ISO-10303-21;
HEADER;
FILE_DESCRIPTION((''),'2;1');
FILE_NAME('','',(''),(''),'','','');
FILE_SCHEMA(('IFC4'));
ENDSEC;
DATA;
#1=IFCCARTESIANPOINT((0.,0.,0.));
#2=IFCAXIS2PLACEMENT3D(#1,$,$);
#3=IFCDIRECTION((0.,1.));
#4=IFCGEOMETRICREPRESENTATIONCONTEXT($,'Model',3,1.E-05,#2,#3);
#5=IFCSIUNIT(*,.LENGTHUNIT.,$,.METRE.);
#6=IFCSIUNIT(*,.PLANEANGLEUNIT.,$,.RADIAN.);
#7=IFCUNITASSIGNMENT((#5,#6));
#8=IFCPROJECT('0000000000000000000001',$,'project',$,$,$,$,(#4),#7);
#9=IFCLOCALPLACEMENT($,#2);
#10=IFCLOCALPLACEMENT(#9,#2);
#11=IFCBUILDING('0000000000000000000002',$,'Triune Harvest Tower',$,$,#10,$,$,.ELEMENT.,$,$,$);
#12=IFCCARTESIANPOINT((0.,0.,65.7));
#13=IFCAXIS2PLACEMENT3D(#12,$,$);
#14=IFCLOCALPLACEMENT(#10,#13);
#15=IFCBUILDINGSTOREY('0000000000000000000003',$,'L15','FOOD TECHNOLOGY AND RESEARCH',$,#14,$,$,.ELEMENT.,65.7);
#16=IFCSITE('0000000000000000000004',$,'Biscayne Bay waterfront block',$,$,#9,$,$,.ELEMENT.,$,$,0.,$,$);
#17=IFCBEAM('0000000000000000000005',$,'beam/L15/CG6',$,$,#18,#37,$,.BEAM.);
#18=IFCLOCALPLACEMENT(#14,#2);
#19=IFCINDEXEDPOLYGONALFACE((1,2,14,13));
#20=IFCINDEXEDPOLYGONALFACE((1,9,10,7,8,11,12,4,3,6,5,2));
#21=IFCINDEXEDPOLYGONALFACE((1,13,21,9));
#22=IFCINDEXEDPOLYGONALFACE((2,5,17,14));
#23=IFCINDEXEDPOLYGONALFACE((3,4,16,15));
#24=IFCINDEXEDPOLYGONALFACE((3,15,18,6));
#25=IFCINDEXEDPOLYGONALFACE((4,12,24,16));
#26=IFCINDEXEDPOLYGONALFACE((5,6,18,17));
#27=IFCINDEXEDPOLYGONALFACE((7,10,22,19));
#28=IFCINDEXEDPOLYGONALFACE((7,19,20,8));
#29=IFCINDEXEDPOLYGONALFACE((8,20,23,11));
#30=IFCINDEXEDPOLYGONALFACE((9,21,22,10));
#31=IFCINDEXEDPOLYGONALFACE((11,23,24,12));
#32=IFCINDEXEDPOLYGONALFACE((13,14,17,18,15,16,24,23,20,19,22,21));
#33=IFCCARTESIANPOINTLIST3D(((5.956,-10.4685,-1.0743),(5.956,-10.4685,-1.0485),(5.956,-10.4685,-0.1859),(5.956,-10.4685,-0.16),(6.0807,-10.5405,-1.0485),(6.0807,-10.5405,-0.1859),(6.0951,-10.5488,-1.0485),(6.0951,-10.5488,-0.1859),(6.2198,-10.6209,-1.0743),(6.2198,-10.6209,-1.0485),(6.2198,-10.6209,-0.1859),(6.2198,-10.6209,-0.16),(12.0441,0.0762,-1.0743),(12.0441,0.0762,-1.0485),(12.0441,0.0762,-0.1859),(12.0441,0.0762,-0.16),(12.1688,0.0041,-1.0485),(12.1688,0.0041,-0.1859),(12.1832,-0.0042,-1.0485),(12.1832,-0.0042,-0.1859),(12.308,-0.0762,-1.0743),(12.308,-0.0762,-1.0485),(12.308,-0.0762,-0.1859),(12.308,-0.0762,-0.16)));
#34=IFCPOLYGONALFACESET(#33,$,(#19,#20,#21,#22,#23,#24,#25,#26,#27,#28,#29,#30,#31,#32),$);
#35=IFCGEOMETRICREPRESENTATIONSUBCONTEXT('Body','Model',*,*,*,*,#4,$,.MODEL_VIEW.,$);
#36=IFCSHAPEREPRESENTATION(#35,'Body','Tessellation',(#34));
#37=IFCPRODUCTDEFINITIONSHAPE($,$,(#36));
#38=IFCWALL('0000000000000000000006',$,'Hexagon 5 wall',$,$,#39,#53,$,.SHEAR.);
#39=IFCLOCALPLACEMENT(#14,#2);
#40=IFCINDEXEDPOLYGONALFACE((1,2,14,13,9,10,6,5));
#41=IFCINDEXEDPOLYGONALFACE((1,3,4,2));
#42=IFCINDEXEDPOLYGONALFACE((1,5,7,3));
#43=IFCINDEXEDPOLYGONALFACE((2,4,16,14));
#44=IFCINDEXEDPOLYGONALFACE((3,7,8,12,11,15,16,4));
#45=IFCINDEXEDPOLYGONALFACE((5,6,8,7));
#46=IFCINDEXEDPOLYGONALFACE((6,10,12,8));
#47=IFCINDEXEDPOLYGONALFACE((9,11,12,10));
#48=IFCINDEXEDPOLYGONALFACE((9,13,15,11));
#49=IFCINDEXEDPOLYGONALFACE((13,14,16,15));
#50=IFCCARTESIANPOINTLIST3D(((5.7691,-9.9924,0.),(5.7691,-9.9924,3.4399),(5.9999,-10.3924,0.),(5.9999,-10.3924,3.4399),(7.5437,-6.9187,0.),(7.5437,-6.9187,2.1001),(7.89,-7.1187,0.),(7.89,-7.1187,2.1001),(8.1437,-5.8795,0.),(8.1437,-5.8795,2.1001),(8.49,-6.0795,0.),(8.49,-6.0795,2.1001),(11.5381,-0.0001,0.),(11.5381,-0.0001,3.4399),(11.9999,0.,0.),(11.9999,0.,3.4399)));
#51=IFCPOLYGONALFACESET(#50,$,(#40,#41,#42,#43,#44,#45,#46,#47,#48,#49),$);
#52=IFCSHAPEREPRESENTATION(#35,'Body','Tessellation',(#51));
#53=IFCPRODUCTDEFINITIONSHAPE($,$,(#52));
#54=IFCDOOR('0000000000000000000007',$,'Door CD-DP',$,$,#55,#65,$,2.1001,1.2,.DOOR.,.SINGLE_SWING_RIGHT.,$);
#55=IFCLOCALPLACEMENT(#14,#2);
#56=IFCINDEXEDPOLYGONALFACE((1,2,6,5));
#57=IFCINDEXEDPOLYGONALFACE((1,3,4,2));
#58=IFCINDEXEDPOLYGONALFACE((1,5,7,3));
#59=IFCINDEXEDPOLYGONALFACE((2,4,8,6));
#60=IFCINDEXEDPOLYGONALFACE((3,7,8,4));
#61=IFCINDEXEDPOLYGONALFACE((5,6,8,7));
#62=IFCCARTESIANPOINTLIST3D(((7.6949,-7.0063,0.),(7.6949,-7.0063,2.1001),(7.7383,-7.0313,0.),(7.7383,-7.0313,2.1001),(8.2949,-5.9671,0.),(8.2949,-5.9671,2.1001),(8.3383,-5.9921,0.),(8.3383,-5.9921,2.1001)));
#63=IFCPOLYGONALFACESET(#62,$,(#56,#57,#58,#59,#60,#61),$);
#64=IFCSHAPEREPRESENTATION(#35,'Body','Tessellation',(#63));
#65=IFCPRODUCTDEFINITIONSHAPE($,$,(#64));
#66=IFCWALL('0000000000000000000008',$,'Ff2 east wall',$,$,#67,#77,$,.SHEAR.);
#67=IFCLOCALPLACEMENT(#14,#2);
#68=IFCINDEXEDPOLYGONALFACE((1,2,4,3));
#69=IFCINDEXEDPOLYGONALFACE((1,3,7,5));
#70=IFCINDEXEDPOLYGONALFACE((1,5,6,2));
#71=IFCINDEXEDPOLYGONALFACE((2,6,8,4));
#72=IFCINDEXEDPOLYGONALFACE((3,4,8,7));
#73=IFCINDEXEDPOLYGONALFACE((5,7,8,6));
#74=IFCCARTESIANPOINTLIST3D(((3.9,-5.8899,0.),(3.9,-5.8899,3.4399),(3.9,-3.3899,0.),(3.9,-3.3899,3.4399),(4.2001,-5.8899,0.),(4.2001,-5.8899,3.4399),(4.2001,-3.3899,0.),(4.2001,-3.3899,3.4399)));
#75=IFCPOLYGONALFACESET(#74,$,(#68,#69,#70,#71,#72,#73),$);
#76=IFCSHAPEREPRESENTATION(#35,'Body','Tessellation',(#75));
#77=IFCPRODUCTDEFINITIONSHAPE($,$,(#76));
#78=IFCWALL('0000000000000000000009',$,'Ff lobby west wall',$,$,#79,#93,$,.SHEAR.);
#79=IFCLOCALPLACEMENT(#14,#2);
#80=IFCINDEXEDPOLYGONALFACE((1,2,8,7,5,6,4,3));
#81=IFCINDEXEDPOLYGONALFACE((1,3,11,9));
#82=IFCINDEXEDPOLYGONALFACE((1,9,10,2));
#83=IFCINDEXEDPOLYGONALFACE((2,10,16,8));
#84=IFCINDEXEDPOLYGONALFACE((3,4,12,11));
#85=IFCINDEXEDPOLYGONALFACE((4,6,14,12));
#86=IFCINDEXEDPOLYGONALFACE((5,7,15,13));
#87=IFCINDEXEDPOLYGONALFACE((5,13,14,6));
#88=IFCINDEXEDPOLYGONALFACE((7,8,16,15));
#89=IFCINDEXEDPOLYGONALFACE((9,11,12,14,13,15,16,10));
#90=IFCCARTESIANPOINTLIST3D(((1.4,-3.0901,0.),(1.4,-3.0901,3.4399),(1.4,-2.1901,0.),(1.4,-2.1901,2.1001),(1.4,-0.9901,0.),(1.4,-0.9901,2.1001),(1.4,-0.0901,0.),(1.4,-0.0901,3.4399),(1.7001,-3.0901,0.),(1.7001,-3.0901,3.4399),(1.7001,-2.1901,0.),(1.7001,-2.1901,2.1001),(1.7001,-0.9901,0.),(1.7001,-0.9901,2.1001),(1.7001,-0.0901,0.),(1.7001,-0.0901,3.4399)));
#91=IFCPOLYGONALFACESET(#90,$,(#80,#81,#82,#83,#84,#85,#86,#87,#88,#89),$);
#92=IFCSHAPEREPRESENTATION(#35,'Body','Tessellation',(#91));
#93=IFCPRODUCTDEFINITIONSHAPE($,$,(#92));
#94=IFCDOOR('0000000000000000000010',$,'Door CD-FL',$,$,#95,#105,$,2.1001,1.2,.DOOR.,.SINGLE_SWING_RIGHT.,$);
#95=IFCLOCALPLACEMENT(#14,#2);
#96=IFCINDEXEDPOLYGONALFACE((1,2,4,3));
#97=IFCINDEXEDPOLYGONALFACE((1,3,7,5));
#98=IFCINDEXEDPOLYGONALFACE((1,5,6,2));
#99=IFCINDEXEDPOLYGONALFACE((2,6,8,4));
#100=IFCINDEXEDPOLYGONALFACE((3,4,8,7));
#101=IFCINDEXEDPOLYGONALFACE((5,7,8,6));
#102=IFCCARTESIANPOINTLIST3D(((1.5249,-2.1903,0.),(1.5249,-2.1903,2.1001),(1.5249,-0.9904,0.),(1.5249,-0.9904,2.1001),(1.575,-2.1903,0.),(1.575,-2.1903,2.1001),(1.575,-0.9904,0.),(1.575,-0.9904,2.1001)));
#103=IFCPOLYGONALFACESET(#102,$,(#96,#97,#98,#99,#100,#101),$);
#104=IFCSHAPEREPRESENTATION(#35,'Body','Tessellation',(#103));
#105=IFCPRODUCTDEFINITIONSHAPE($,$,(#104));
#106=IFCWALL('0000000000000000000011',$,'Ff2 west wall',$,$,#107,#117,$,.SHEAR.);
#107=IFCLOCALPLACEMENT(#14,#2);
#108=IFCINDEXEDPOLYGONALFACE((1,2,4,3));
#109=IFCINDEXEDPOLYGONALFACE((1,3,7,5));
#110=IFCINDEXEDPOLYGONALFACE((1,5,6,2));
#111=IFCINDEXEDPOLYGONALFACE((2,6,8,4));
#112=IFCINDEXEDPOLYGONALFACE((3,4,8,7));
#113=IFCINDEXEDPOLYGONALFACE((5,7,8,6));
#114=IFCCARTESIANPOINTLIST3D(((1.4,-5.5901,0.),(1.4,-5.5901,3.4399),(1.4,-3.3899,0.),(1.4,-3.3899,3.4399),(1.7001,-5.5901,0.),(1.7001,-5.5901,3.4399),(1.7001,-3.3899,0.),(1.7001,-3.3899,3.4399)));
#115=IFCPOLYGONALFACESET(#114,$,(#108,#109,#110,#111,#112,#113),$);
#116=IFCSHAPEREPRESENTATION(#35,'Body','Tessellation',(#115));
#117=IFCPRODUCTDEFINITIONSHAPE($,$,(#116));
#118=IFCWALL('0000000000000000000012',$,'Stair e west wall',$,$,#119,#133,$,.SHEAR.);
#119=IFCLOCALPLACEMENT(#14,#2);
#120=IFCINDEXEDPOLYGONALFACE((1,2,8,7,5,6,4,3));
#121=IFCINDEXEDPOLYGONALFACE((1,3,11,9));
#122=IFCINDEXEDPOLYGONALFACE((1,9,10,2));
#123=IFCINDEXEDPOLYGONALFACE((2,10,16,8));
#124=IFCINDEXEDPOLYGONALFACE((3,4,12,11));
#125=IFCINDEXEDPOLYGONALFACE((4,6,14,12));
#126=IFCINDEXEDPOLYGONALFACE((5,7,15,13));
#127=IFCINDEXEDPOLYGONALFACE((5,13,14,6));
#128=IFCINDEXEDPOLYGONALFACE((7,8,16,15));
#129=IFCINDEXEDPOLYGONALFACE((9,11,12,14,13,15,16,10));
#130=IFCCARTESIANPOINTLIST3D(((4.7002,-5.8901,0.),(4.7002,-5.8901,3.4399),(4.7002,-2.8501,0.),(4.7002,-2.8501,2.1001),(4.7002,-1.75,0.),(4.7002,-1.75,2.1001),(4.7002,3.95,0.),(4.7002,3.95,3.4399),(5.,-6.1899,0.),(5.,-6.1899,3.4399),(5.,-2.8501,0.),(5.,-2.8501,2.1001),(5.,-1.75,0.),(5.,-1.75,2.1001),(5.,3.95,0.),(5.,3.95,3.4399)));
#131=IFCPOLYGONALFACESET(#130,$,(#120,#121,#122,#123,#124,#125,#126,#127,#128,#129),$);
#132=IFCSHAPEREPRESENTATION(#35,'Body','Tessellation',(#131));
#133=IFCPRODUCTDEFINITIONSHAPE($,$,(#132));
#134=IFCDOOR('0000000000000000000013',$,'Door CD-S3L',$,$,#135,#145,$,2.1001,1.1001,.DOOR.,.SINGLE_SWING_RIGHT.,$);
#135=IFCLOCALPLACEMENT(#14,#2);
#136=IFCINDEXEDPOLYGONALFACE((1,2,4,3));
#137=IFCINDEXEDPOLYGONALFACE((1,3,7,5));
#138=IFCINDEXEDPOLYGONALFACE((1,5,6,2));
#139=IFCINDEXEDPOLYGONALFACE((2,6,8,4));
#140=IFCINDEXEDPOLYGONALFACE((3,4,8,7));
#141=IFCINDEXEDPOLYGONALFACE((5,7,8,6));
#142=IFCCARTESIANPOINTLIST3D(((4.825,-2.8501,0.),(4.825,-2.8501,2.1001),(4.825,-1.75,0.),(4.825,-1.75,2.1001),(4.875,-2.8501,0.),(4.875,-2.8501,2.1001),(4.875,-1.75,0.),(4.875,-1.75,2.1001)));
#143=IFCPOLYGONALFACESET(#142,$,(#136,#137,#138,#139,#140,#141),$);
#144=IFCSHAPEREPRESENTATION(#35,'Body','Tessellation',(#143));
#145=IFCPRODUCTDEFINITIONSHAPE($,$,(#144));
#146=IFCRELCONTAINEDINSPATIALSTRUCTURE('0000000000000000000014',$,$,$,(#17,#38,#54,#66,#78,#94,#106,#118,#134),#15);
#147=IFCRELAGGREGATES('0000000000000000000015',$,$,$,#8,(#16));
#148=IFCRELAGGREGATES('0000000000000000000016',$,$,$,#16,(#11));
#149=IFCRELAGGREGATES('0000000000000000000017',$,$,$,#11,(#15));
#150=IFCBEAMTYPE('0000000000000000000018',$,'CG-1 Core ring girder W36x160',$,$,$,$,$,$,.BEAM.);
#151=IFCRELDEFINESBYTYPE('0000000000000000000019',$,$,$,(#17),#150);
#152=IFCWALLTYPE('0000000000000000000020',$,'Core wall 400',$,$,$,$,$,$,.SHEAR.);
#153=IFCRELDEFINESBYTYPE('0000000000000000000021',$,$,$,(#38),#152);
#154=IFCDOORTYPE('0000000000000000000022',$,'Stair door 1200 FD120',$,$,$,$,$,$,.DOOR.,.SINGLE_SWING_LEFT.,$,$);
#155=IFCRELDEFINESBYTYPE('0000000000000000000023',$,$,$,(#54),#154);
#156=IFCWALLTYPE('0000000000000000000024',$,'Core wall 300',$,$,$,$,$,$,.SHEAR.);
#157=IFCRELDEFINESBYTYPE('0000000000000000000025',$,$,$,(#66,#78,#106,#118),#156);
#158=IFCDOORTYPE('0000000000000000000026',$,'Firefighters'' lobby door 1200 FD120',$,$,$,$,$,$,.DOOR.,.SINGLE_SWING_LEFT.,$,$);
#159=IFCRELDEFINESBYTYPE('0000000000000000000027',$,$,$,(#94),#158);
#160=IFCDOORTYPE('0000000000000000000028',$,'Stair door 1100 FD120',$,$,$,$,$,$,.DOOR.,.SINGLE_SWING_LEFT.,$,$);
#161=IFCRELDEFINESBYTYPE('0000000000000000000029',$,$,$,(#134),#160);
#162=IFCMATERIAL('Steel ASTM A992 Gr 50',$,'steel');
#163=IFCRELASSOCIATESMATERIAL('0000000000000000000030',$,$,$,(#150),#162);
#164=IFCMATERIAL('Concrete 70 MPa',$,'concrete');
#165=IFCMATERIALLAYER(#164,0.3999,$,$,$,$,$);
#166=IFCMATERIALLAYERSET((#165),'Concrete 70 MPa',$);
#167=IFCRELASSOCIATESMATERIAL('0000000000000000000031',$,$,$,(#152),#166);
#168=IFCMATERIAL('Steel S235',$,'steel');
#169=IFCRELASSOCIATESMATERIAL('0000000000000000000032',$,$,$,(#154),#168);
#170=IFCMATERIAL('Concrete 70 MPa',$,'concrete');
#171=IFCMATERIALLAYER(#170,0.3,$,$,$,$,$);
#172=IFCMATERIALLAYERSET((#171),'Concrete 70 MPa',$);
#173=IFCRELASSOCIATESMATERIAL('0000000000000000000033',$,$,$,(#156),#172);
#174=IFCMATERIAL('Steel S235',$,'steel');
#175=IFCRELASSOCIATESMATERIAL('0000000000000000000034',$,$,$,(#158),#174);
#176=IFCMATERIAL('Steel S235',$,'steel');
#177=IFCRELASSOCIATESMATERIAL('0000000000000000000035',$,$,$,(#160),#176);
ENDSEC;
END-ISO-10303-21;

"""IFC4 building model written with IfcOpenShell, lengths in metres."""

from ifc_helpers import new_model, si_unit, direction, frame, frame_2d, origin, origin_2d, place, context, subcontext, project, spatial, polyline, rectangle, i_section, outline, extrude, source, transform, mapped, material, layer, layer_set, material_profile, profile_set, type_object, element, fill, save


model = new_model("IFC4")

# Units and contexts
model_context = context("Model", 3, precision=1e-05, world=origin(), true_north=direction((0.0, 1.0)))
body_context = subcontext(model_context, "Body", "Model", "MODEL_VIEW")
ifc_project = project(units=[si_unit("LENGTHUNIT", "METRE"), si_unit("PLANEANGLEUNIT", "RADIAN")], contexts=[model_context])

# Site, building, storey
site_placement = place(None, origin())
site = spatial("IfcSite", under=ifc_project, at=site_placement, Name="Biscayne Bay waterfront block", CompositionType="ELEMENT", RefElevation=0.0)
building_placement = place(site_placement, origin())
building = spatial("IfcBuilding", under=site, at=building_placement, Name="Triune Harvest Tower", CompositionType="ELEMENT")
storey_placement = place(building_placement, frame((0.0, 0.0, 65.7)))
storey = spatial("IfcBuildingStorey", under=building, at=storey_placement, Name="L15", Description="FOOD TECHNOLOGY AND RESEARCH", CompositionType="ELEMENT", Elevation=65.7)

# Beam
ifc_material_1 = material(Name="Steel ASTM A992 Gr 50", Category="steel")
ifc_material_profile = material_profile(ifc_material_1, i_section(OverallWidth=0.3047, OverallDepth=0.9143, WebThickness=0.0166, FlangeThickness=0.0259, at=origin_2d()), Name="W36x160")
ifc_profile_set = profile_set([ifc_material_profile], Name="Steel ASTM A992 Gr 50")
beam_type = type_object("IfcBeamType", Name="CG-1 Core ring girder W36x160", PredefinedType="BEAM", material=ifc_profile_set)
shared_shape_1 = source(origin(), body_context, "Body", "SweptSolid", [
    extrude(i_section(OverallWidth=0.3047, OverallDepth=0.9143, WebThickness=0.0166, FlangeThickness=0.0259, at=origin_2d()), origin(), (0.0, 0.0, 1.0), 12.176),
])
beam_placement = place(storey_placement, frame((6.0879, -10.5447, -0.6172), z_axis=(0.50001, 0.86602, 0.0), x_axis=(-0.86602, 0.50001, 0.0)))
element("IfcBeam", 1, at=beam_placement, inside=storey, type_object=beam_type, Name="beam/L15/CG6", PredefinedType="BEAM", context=body_context, shape_type="MappedRepresentation", body=[
    mapped(shared_shape_1, transform((0.0, 0.0, 0.0), scale=1.0)),
])

# Wall, opening, door
ifc_material_2 = material(Name="Concrete 70 MPa", Category="concrete")
ifc_layer_1 = layer(ifc_material_2, 0.3999)
ifc_layer_set_1 = layer_set([ifc_layer_1], Name="Concrete 70 MPa")
wall_type_1 = type_object("IfcWallType", Name="Core wall 400", PredefinedType="SHEAR", material=ifc_layer_set_1)
shared_shape_2 = source(origin(), body_context, "Body", "SweptSolid", [
    extrude(outline(polyline([(-0.1155, -0.2), (11.8845, -0.2), (11.6536, 0.2), (0.1155, 0.2), (-0.1155, -0.2)])), origin(), (0.0, 0.0, 1.0), 3.4399),
])
wall_1_placement = place(storey_placement, frame((5.8845, -10.1924, 0.0), z_axis=(0.0, 0.0, 1.0), x_axis=(0.499997, 0.866027, 0.0)))
wall_1 = element("IfcWall", 2, at=wall_1_placement, inside=storey, type_object=wall_type_1, Name="Hexagon 5 wall", PredefinedType="SHEAR", context=body_context, shape_type="MappedRepresentation", body=[
    mapped(shared_shape_2, transform((0.0, 0.0, 0.0), scale=1.0)),
])
opening_1_placement = place(wall_1_placement, frame((3.6646, 0.0, 0.0)))
opening_1 = element("IfcOpeningElement", 3, at=opening_1_placement, cuts=wall_1, PredefinedType="OPENING", context=body_context, shape_type="SweptSolid", body=[
    extrude(rectangle(XDim=1.2, YDim=2.1001, at=frame_2d((0.6001, 1.05))), frame((0.0, 0.21, 0.0), z_axis=(0.0, -1.0, 0.0), x_axis=(1.0, 0.0, 0.0)), (0.0, 0.0, 1.0), 0.4199),
])
ifc_material_3 = material(Name="Steel S235", Category="steel")
door_type_1 = type_object("IfcDoorType", Name="Stair door 1200 FD120", OperationType="SINGLE_SWING_LEFT", PredefinedType="DOOR", material=ifc_material_3)
door_1_placement = place(opening_1_placement, frame((1.2, 0.0, 0.0), z_axis=(0.0, 0.0, 1.0), x_axis=(-1.0, 0.0, 0.0)))
door_1 = element("IfcDoor", 4, at=door_1_placement, inside=storey, type_object=door_type_1, Name="Door CD-DP", OperationType="SINGLE_SWING_RIGHT", OverallHeight=2.1001, OverallWidth=1.2, PredefinedType="DOOR", context=body_context, shape_type="SweptSolid", body=[
    extrude(rectangle(XDim=1.2, YDim=2.1001, at=frame_2d((0.6001, 1.05))), frame((0.0, 0.0249, 0.0), z_axis=(0.0, -1.0, 0.0), x_axis=(1.0, 0.0, 0.0)), (0.0, 0.0, 1.0), 0.05),
])
fill(opening_1, door_1)

# Wall
ifc_material_4 = material(Name="Concrete 70 MPa", Category="concrete")
ifc_layer_2 = layer(ifc_material_4, 0.3)
ifc_layer_set_2 = layer_set([ifc_layer_2], Name="Concrete 70 MPa")
wall_type_2 = type_object("IfcWallType", Name="Core wall 300", PredefinedType="SHEAR", material=ifc_layer_set_2)
shared_shape_3 = source(origin(), body_context, "Body", "SweptSolid", [
    extrude(rectangle(XDim=2.5, YDim=0.3, at=frame_2d((1.25, 0.0))), origin(), (0.0, 0.0, 1.0), 3.4399),
])
wall_2_placement = place(storey_placement, frame((4.05, -5.8899, 0.0), z_axis=(0.0, 0.0, 1.0), x_axis=(0.0, 1.0, 0.0)))
element("IfcWall", 5, at=wall_2_placement, inside=storey, type_object=wall_type_2, Name="Ff2 east wall", PredefinedType="SHEAR", context=body_context, shape_type="MappedRepresentation", body=[
    mapped(shared_shape_3, transform((0.0, 0.0, 0.0), scale=1.0)),
])

# Wall, opening, door
shared_shape_4 = source(origin(), body_context, "Body", "SweptSolid", [
    extrude(rectangle(XDim=3.0, YDim=0.3, at=frame_2d((1.5, 0.0))), origin(), (0.0, 0.0, 1.0), 3.4399),
])
wall_3_placement = place(storey_placement, frame((1.55, -3.0901, 0.0), z_axis=(0.0, 0.0, 1.0), x_axis=(0.0, 1.0, 0.0)))
wall_3 = element("IfcWall", 6, at=wall_3_placement, inside=storey, type_object=wall_type_2, Name="Ff lobby west wall", PredefinedType="SHEAR", context=body_context, shape_type="MappedRepresentation", body=[
    mapped(shared_shape_4, transform((0.0, 0.0, 0.0), scale=1.0)),
])
opening_2_placement = place(wall_3_placement, frame((0.8999, 0.0, 0.0)))
opening_2 = element("IfcOpeningElement", 7, at=opening_2_placement, cuts=wall_3, PredefinedType="OPENING", context=body_context, shape_type="SweptSolid", body=[
    extrude(rectangle(XDim=1.2, YDim=2.1001, at=frame_2d((0.6001, 1.05))), frame((0.0, 0.1602, 0.0), z_axis=(0.0, -1.0, 0.0), x_axis=(1.0, 0.0, 0.0)), (0.0, 0.0, 1.0), 0.3201),
])
ifc_material_5 = material(Name="Steel S235", Category="steel")
door_type_2 = type_object("IfcDoorType", Name="Firefighters' lobby door 1200 FD120", OperationType="SINGLE_SWING_LEFT", PredefinedType="DOOR", material=ifc_material_5)
door_2_placement = place(opening_2_placement, frame((1.2, 0.0, 0.0), z_axis=(0.0, 0.0, 1.0), x_axis=(-1.0, 0.0, 0.0)))
door_2 = element("IfcDoor", 8, at=door_2_placement, inside=storey, type_object=door_type_2, Name="Door CD-FL", OperationType="SINGLE_SWING_RIGHT", OverallHeight=2.1001, OverallWidth=1.2, PredefinedType="DOOR", context=body_context, shape_type="SweptSolid", body=[
    extrude(rectangle(XDim=1.2, YDim=2.1001, at=frame_2d((0.6001, 1.05))), frame((0.0, 0.0249, 0.0), z_axis=(0.0, -1.0, 0.0), x_axis=(1.0, 0.0, 0.0)), (0.0, 0.0, 1.0), 0.05),
])
fill(opening_2, door_2)

# Wall
shared_shape_5 = source(origin(), body_context, "Body", "SweptSolid", [
    extrude(rectangle(XDim=2.2002, YDim=0.3, at=frame_2d((1.1001, 0.0))), origin(), (0.0, 0.0, 1.0), 3.4399),
])
wall_4_placement = place(storey_placement, frame((1.55, -5.5901, 0.0), z_axis=(0.0, 0.0, 1.0), x_axis=(0.0, 1.0, 0.0)))
element("IfcWall", 9, at=wall_4_placement, inside=storey, type_object=wall_type_2, Name="Ff2 west wall", PredefinedType="SHEAR", context=body_context, shape_type="MappedRepresentation", body=[
    mapped(shared_shape_5, transform((0.0, 0.0, 0.0), scale=1.0)),
])

# Wall, opening, door
shared_shape_6 = source(origin(), body_context, "Body", "SweptSolid", [
    extrude(outline(polyline([(-0.1499, -0.1499), (9.99, -0.1499), (9.99, 0.1499), (0.1499, 0.1499), (-0.1499, -0.1499)])), origin(), (0.0, 0.0, 1.0), 3.4399),
])
wall_5_placement = place(storey_placement, frame((4.8501, -6.04, 0.0), z_axis=(0.0, 0.0, 1.0), x_axis=(0.0, 1.0, 0.0)))
wall_5 = element("IfcWall", 10, at=wall_5_placement, inside=storey, type_object=wall_type_2, Name="Stair e west wall", PredefinedType="SHEAR", context=body_context, shape_type="MappedRepresentation", body=[
    mapped(shared_shape_6, transform((0.0, 0.0, 0.0), scale=1.0)),
])
opening_3_placement = place(wall_5_placement, frame((3.1899, 0.0, 0.0)))
opening_3 = element("IfcOpeningElement", 11, at=opening_3_placement, cuts=wall_5, PredefinedType="OPENING", context=body_context, shape_type="SweptSolid", body=[
    extrude(rectangle(XDim=1.1001, YDim=2.1001, at=frame_2d((0.55, 1.05))), frame((0.0, 0.1602, 0.0), z_axis=(0.0, -1.0, 0.0), x_axis=(1.0, 0.0, 0.0)), (0.0, 0.0, 1.0), 0.3201),
])
ifc_material_6 = material(Name="Steel S235", Category="steel")
door_type_3 = type_object("IfcDoorType", Name="Stair door 1100 FD120", OperationType="SINGLE_SWING_LEFT", PredefinedType="DOOR", material=ifc_material_6)
door_3_placement = place(opening_3_placement, frame((1.1001, 0.0, 0.0), z_axis=(0.0, 0.0, 1.0), x_axis=(-1.0, 0.0, 0.0)))
door_3 = element("IfcDoor", 12, at=door_3_placement, inside=storey, type_object=door_type_3, Name="Door CD-S3L", OperationType="SINGLE_SWING_RIGHT", OverallHeight=2.1001, OverallWidth=1.1001, PredefinedType="DOOR", context=body_context, shape_type="SweptSolid", body=[
    extrude(rectangle(XDim=1.1001, YDim=2.1001, at=frame_2d((0.55, 1.05))), frame((0.0, 0.0249, 0.0), z_axis=(0.0, -1.0, 0.0), x_axis=(1.0, 0.0, 0.0)), (0.0, 0.0, 1.0), 0.05),
])
fill(opening_3, door_3)

save(model, "model.ifc")
